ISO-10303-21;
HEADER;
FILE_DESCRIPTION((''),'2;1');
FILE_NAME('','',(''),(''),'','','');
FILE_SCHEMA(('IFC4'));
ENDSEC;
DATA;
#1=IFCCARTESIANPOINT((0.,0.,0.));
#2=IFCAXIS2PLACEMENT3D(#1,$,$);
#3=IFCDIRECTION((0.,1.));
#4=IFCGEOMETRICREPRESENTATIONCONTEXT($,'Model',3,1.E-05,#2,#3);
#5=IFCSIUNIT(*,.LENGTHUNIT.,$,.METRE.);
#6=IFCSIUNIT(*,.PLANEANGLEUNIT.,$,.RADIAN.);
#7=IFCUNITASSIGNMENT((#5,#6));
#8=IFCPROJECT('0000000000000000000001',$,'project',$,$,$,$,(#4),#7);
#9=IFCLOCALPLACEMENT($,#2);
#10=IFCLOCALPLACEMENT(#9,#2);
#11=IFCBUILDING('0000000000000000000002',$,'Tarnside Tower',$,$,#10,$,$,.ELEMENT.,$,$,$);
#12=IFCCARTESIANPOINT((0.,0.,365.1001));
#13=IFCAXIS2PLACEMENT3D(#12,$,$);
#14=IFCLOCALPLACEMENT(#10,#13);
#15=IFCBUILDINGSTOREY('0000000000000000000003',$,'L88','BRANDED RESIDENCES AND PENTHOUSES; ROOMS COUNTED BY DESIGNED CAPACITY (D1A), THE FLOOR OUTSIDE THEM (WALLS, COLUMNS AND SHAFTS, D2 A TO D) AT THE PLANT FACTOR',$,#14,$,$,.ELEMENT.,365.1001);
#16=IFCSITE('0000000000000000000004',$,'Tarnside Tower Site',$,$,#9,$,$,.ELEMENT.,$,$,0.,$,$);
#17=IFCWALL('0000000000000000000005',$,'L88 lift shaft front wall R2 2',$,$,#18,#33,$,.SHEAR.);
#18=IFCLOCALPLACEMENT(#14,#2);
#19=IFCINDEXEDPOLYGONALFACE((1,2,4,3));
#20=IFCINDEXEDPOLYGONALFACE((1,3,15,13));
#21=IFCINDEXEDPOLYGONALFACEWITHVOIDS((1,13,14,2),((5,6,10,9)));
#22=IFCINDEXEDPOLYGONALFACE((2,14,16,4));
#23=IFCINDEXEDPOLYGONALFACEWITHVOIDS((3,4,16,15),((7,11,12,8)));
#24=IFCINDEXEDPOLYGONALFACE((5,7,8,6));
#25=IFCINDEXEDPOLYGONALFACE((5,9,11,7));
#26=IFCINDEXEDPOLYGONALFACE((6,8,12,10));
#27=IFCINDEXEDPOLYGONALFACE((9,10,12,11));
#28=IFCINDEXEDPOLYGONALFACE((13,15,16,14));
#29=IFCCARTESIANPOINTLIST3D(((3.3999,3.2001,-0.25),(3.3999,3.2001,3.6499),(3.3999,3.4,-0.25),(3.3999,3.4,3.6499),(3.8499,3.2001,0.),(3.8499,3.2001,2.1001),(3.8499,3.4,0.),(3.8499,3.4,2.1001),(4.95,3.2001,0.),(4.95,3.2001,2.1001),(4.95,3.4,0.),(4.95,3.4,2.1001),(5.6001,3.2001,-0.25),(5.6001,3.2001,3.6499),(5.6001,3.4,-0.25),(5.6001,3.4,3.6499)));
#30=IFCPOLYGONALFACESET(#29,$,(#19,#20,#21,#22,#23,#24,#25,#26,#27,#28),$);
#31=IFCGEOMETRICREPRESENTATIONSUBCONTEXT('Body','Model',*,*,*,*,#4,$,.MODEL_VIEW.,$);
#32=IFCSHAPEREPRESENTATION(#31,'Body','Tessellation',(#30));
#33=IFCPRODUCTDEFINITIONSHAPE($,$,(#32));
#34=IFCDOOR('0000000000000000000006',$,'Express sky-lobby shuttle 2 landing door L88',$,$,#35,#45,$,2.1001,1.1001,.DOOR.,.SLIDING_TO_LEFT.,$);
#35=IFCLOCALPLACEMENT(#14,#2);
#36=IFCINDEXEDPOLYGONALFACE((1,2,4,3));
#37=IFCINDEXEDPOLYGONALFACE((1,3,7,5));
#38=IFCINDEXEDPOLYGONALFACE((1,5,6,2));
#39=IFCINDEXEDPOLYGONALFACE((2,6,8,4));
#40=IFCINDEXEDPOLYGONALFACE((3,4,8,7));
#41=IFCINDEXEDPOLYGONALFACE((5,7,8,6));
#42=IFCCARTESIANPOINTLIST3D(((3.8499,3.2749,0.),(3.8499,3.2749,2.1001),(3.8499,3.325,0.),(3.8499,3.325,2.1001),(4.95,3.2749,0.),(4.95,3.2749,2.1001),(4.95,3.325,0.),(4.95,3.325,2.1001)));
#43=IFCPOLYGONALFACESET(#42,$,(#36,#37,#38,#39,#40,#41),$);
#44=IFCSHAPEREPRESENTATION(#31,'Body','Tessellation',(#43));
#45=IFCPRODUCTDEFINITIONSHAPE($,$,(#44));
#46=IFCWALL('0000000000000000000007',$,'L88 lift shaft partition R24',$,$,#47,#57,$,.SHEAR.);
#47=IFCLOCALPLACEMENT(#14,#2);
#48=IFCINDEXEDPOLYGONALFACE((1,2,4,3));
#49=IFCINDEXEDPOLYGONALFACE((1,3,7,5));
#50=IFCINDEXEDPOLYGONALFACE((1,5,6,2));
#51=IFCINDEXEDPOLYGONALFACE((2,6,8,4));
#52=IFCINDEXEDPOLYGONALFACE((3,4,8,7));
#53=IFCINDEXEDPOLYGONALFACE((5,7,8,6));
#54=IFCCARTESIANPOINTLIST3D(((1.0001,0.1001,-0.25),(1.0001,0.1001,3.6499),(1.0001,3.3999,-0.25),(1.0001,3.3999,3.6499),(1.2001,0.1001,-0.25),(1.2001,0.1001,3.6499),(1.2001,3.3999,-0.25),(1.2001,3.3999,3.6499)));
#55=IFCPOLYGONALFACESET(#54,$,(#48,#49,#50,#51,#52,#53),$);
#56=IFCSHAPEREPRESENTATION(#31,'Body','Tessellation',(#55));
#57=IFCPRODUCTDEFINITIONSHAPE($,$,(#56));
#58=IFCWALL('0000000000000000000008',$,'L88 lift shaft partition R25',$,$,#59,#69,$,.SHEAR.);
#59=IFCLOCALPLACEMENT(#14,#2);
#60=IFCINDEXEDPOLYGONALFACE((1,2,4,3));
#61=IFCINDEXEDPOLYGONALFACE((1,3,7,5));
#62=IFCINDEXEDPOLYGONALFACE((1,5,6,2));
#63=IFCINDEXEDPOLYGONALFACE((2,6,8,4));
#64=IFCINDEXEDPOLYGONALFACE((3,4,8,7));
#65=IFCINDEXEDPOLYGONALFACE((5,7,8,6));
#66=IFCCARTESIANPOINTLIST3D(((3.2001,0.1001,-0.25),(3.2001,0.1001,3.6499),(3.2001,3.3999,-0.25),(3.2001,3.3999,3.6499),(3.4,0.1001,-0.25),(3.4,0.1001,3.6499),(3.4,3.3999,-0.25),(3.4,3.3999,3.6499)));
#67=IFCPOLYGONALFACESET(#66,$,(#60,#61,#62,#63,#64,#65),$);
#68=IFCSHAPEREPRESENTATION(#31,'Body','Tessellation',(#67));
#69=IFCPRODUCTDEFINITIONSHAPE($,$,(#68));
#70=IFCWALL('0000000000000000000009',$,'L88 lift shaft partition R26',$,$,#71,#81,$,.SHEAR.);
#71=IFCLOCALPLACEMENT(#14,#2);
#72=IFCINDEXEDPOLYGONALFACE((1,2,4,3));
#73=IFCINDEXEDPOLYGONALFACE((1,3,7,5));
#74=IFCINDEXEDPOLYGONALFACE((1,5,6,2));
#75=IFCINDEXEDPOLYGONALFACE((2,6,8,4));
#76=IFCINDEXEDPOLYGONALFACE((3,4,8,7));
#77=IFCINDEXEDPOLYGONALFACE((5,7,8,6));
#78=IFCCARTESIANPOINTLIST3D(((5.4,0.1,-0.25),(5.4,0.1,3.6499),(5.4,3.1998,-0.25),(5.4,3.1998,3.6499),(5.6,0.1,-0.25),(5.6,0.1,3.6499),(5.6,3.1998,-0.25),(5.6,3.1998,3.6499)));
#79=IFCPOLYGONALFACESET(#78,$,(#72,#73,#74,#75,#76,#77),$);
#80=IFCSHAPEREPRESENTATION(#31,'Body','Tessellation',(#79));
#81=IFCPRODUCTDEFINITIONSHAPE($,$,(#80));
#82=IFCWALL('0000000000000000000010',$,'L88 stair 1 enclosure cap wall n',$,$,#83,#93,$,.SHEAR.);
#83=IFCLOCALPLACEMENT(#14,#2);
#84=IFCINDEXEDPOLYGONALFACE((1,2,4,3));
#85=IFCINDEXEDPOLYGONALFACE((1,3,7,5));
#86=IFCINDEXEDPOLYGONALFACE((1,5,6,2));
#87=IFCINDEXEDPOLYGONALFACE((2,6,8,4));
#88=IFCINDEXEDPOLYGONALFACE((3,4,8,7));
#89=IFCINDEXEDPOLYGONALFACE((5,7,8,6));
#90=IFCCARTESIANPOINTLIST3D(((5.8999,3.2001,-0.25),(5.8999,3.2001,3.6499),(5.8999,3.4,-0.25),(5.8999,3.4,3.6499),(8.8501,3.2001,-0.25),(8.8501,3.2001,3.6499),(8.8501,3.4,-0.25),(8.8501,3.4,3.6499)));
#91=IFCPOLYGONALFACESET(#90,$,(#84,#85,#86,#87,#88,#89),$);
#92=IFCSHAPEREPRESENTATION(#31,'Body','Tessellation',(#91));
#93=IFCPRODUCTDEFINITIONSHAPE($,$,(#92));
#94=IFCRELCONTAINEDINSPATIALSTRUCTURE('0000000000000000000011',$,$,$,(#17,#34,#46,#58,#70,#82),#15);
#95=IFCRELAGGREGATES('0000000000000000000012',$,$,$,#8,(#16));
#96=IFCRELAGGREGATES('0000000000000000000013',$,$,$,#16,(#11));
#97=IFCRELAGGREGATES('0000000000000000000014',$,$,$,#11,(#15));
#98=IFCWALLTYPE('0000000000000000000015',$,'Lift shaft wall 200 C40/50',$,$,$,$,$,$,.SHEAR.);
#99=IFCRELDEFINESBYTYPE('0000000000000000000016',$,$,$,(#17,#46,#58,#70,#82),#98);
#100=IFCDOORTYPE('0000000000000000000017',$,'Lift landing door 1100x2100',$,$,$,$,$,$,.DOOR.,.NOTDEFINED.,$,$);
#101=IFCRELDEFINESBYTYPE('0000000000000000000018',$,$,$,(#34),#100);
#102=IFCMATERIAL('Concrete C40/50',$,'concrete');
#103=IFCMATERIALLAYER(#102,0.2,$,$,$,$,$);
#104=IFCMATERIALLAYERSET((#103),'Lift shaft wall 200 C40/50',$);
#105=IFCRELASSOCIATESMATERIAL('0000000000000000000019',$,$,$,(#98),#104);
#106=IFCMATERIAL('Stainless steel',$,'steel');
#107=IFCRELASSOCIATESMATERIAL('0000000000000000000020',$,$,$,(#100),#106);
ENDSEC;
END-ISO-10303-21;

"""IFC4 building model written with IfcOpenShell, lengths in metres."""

from ifc_helpers import new_model, si_unit, direction, frame, frame_2d, origin, place, context, subcontext, project, spatial, rectangle, extrude, material, layer, layer_set, type_object, element, fill, save


model = new_model("IFC4")

# Units and contexts
model_context = context("Model", 3, precision=1e-05, world=origin(), true_north=direction((0.0, 1.0)))
body_context = subcontext(model_context, "Body", "Model", "MODEL_VIEW")
ifc_project = project(units=[si_unit("LENGTHUNIT", "METRE"), si_unit("PLANEANGLEUNIT", "RADIAN")], contexts=[model_context])

# Site, building, storey
site_placement = place(None, origin())
site = spatial("IfcSite", under=ifc_project, at=site_placement, Name="Tarnside Tower Site", CompositionType="ELEMENT", RefElevation=0.0)
building_placement = place(site_placement, origin())
building = spatial("IfcBuilding", under=site, at=building_placement, Name="Tarnside Tower", CompositionType="ELEMENT")
storey_placement = place(building_placement, frame((0.0, 0.0, 365.1001)))
storey = spatial("IfcBuildingStorey", under=building, at=storey_placement, Name="L88", Description="BRANDED RESIDENCES AND PENTHOUSES; ROOMS COUNTED BY DESIGNED CAPACITY (D1A), THE FLOOR OUTSIDE THEM (WALLS, COLUMNS AND SHAFTS, D2 A TO D) AT THE PLANT FACTOR", CompositionType="ELEMENT", Elevation=365.1001)

# Shared definitions
ifc_material_1 = material(Name="Concrete C40/50", Category="concrete")

# Shared definitions
ifc_layer_1 = layer(ifc_material_1, 0.2)
ifc_layer_set_1 = layer_set([ifc_layer_1], Name="Lift shaft wall 200 C40/50")
wall_type = type_object("IfcWallType", Name="Lift shaft wall 200 C40/50", PredefinedType="SHEAR", material=ifc_layer_set_1)

# Wall, opening, door
wall_1_placement = place(storey_placement, frame((3.3999, 3.3, -0.25), z_axis=(0.0, 0.0, 1.0), x_axis=(1.0, 0.0, 0.0)))
wall_1 = element("IfcWall", 1, at=wall_1_placement, inside=storey, type_object=wall_type, Name="L88 lift shaft front wall R2 2", PredefinedType="SHEAR", context=body_context, shape_type="SweptSolid", body=[
    extrude(rectangle(XDim=2.2002, YDim=0.2, at=frame_2d((1.1001, 0.0))), origin(), (0.0, 0.0, 1.0), 3.8999),
])
opening_placement = place(wall_1_placement, frame((0.45, 0.0, 0.25)))
opening = element("IfcOpeningElement", 2, at=opening_placement, cuts=wall_1, PredefinedType="OPENING", context=body_context, shape_type="SweptSolid", body=[
    extrude(rectangle(XDim=1.1001, YDim=2.1001, at=frame_2d((0.55, 1.05))), frame((0.0, 0.1099, 0.0), z_axis=(0.0, -1.0, 0.0), x_axis=(1.0, 0.0, 0.0)), (0.0, 0.0, 1.0), 0.22),
])
ifc_material_2 = material(Name="Stainless steel", Category="steel")
door_type = type_object("IfcDoorType", Name="Lift landing door 1100x2100", OperationType="NOTDEFINED", PredefinedType="DOOR", material=ifc_material_2)
door_placement = place(opening_placement, origin())
door = element("IfcDoor", 3, at=door_placement, inside=storey, type_object=door_type, Name="Express sky-lobby shuttle 2 landing door L88", OperationType="SLIDING_TO_LEFT", OverallHeight=2.1001, OverallWidth=1.1001, PredefinedType="DOOR", context=body_context, shape_type="SweptSolid", body=[
    extrude(rectangle(XDim=1.1001, YDim=2.1001, at=frame_2d((0.55, 1.05))), frame((0.0, 0.0249, 0.0), z_axis=(0.0, -1.0, 0.0), x_axis=(1.0, 0.0, 0.0)), (0.0, 0.0, 1.0), 0.05),
])
fill(opening, door)

# Walls
for number, where, z_axis, x_axis, name in (
    (4, (1.1001, 0.1001, -0.25), (0.0, 0.0, 1.0), (0.0, 1.0, 0.0), "L88 lift shaft partition R24"),
    (5, (3.3, 0.1001, -0.25), (0.0, 0.0, 1.0), (0.0, 1.0, 0.0), "L88 lift shaft partition R25"),
):
    element("IfcWall", number, at=place(storey_placement, frame(where, z_axis=z_axis, x_axis=x_axis)), inside=storey, type_object=wall_type, Name=name, PredefinedType="SHEAR", context=body_context, shape_type="SweptSolid", body=[
        extrude(rectangle(XDim=3.2998, YDim=0.2, at=frame_2d((1.6499, 0.0))), origin(), (0.0, 0.0, 1.0), 3.8999),
    ])
wall_2_placement = place(storey_placement, frame((5.5, 0.1001, -0.25), z_axis=(0.0, 0.0, 1.0), x_axis=(0.0, 1.0, 0.0)))
element("IfcWall", 6, at=wall_2_placement, inside=storey, type_object=wall_type, Name="L88 lift shaft partition R26", PredefinedType="SHEAR", context=body_context, shape_type="SweptSolid", body=[
    extrude(rectangle(XDim=3.0999, YDim=0.2, at=frame_2d((1.5498, 0.0))), origin(), (0.0, 0.0, 1.0), 3.8999),
])
wall_3_placement = place(storey_placement, frame((5.8999, 3.3, -0.25), z_axis=(0.0, 0.0, 1.0), x_axis=(1.0, 0.0, 0.0)))
element("IfcWall", 7, at=wall_3_placement, inside=storey, type_object=wall_type, Name="L88 stair 1 enclosure cap wall n", PredefinedType="SHEAR", context=body_context, shape_type="SweptSolid", body=[
    extrude(rectangle(XDim=2.9502, YDim=0.2, at=frame_2d((1.4751, 0.0))), origin(), (0.0, 0.0, 1.0), 3.8999),
])

save(model, "model.ifc")
